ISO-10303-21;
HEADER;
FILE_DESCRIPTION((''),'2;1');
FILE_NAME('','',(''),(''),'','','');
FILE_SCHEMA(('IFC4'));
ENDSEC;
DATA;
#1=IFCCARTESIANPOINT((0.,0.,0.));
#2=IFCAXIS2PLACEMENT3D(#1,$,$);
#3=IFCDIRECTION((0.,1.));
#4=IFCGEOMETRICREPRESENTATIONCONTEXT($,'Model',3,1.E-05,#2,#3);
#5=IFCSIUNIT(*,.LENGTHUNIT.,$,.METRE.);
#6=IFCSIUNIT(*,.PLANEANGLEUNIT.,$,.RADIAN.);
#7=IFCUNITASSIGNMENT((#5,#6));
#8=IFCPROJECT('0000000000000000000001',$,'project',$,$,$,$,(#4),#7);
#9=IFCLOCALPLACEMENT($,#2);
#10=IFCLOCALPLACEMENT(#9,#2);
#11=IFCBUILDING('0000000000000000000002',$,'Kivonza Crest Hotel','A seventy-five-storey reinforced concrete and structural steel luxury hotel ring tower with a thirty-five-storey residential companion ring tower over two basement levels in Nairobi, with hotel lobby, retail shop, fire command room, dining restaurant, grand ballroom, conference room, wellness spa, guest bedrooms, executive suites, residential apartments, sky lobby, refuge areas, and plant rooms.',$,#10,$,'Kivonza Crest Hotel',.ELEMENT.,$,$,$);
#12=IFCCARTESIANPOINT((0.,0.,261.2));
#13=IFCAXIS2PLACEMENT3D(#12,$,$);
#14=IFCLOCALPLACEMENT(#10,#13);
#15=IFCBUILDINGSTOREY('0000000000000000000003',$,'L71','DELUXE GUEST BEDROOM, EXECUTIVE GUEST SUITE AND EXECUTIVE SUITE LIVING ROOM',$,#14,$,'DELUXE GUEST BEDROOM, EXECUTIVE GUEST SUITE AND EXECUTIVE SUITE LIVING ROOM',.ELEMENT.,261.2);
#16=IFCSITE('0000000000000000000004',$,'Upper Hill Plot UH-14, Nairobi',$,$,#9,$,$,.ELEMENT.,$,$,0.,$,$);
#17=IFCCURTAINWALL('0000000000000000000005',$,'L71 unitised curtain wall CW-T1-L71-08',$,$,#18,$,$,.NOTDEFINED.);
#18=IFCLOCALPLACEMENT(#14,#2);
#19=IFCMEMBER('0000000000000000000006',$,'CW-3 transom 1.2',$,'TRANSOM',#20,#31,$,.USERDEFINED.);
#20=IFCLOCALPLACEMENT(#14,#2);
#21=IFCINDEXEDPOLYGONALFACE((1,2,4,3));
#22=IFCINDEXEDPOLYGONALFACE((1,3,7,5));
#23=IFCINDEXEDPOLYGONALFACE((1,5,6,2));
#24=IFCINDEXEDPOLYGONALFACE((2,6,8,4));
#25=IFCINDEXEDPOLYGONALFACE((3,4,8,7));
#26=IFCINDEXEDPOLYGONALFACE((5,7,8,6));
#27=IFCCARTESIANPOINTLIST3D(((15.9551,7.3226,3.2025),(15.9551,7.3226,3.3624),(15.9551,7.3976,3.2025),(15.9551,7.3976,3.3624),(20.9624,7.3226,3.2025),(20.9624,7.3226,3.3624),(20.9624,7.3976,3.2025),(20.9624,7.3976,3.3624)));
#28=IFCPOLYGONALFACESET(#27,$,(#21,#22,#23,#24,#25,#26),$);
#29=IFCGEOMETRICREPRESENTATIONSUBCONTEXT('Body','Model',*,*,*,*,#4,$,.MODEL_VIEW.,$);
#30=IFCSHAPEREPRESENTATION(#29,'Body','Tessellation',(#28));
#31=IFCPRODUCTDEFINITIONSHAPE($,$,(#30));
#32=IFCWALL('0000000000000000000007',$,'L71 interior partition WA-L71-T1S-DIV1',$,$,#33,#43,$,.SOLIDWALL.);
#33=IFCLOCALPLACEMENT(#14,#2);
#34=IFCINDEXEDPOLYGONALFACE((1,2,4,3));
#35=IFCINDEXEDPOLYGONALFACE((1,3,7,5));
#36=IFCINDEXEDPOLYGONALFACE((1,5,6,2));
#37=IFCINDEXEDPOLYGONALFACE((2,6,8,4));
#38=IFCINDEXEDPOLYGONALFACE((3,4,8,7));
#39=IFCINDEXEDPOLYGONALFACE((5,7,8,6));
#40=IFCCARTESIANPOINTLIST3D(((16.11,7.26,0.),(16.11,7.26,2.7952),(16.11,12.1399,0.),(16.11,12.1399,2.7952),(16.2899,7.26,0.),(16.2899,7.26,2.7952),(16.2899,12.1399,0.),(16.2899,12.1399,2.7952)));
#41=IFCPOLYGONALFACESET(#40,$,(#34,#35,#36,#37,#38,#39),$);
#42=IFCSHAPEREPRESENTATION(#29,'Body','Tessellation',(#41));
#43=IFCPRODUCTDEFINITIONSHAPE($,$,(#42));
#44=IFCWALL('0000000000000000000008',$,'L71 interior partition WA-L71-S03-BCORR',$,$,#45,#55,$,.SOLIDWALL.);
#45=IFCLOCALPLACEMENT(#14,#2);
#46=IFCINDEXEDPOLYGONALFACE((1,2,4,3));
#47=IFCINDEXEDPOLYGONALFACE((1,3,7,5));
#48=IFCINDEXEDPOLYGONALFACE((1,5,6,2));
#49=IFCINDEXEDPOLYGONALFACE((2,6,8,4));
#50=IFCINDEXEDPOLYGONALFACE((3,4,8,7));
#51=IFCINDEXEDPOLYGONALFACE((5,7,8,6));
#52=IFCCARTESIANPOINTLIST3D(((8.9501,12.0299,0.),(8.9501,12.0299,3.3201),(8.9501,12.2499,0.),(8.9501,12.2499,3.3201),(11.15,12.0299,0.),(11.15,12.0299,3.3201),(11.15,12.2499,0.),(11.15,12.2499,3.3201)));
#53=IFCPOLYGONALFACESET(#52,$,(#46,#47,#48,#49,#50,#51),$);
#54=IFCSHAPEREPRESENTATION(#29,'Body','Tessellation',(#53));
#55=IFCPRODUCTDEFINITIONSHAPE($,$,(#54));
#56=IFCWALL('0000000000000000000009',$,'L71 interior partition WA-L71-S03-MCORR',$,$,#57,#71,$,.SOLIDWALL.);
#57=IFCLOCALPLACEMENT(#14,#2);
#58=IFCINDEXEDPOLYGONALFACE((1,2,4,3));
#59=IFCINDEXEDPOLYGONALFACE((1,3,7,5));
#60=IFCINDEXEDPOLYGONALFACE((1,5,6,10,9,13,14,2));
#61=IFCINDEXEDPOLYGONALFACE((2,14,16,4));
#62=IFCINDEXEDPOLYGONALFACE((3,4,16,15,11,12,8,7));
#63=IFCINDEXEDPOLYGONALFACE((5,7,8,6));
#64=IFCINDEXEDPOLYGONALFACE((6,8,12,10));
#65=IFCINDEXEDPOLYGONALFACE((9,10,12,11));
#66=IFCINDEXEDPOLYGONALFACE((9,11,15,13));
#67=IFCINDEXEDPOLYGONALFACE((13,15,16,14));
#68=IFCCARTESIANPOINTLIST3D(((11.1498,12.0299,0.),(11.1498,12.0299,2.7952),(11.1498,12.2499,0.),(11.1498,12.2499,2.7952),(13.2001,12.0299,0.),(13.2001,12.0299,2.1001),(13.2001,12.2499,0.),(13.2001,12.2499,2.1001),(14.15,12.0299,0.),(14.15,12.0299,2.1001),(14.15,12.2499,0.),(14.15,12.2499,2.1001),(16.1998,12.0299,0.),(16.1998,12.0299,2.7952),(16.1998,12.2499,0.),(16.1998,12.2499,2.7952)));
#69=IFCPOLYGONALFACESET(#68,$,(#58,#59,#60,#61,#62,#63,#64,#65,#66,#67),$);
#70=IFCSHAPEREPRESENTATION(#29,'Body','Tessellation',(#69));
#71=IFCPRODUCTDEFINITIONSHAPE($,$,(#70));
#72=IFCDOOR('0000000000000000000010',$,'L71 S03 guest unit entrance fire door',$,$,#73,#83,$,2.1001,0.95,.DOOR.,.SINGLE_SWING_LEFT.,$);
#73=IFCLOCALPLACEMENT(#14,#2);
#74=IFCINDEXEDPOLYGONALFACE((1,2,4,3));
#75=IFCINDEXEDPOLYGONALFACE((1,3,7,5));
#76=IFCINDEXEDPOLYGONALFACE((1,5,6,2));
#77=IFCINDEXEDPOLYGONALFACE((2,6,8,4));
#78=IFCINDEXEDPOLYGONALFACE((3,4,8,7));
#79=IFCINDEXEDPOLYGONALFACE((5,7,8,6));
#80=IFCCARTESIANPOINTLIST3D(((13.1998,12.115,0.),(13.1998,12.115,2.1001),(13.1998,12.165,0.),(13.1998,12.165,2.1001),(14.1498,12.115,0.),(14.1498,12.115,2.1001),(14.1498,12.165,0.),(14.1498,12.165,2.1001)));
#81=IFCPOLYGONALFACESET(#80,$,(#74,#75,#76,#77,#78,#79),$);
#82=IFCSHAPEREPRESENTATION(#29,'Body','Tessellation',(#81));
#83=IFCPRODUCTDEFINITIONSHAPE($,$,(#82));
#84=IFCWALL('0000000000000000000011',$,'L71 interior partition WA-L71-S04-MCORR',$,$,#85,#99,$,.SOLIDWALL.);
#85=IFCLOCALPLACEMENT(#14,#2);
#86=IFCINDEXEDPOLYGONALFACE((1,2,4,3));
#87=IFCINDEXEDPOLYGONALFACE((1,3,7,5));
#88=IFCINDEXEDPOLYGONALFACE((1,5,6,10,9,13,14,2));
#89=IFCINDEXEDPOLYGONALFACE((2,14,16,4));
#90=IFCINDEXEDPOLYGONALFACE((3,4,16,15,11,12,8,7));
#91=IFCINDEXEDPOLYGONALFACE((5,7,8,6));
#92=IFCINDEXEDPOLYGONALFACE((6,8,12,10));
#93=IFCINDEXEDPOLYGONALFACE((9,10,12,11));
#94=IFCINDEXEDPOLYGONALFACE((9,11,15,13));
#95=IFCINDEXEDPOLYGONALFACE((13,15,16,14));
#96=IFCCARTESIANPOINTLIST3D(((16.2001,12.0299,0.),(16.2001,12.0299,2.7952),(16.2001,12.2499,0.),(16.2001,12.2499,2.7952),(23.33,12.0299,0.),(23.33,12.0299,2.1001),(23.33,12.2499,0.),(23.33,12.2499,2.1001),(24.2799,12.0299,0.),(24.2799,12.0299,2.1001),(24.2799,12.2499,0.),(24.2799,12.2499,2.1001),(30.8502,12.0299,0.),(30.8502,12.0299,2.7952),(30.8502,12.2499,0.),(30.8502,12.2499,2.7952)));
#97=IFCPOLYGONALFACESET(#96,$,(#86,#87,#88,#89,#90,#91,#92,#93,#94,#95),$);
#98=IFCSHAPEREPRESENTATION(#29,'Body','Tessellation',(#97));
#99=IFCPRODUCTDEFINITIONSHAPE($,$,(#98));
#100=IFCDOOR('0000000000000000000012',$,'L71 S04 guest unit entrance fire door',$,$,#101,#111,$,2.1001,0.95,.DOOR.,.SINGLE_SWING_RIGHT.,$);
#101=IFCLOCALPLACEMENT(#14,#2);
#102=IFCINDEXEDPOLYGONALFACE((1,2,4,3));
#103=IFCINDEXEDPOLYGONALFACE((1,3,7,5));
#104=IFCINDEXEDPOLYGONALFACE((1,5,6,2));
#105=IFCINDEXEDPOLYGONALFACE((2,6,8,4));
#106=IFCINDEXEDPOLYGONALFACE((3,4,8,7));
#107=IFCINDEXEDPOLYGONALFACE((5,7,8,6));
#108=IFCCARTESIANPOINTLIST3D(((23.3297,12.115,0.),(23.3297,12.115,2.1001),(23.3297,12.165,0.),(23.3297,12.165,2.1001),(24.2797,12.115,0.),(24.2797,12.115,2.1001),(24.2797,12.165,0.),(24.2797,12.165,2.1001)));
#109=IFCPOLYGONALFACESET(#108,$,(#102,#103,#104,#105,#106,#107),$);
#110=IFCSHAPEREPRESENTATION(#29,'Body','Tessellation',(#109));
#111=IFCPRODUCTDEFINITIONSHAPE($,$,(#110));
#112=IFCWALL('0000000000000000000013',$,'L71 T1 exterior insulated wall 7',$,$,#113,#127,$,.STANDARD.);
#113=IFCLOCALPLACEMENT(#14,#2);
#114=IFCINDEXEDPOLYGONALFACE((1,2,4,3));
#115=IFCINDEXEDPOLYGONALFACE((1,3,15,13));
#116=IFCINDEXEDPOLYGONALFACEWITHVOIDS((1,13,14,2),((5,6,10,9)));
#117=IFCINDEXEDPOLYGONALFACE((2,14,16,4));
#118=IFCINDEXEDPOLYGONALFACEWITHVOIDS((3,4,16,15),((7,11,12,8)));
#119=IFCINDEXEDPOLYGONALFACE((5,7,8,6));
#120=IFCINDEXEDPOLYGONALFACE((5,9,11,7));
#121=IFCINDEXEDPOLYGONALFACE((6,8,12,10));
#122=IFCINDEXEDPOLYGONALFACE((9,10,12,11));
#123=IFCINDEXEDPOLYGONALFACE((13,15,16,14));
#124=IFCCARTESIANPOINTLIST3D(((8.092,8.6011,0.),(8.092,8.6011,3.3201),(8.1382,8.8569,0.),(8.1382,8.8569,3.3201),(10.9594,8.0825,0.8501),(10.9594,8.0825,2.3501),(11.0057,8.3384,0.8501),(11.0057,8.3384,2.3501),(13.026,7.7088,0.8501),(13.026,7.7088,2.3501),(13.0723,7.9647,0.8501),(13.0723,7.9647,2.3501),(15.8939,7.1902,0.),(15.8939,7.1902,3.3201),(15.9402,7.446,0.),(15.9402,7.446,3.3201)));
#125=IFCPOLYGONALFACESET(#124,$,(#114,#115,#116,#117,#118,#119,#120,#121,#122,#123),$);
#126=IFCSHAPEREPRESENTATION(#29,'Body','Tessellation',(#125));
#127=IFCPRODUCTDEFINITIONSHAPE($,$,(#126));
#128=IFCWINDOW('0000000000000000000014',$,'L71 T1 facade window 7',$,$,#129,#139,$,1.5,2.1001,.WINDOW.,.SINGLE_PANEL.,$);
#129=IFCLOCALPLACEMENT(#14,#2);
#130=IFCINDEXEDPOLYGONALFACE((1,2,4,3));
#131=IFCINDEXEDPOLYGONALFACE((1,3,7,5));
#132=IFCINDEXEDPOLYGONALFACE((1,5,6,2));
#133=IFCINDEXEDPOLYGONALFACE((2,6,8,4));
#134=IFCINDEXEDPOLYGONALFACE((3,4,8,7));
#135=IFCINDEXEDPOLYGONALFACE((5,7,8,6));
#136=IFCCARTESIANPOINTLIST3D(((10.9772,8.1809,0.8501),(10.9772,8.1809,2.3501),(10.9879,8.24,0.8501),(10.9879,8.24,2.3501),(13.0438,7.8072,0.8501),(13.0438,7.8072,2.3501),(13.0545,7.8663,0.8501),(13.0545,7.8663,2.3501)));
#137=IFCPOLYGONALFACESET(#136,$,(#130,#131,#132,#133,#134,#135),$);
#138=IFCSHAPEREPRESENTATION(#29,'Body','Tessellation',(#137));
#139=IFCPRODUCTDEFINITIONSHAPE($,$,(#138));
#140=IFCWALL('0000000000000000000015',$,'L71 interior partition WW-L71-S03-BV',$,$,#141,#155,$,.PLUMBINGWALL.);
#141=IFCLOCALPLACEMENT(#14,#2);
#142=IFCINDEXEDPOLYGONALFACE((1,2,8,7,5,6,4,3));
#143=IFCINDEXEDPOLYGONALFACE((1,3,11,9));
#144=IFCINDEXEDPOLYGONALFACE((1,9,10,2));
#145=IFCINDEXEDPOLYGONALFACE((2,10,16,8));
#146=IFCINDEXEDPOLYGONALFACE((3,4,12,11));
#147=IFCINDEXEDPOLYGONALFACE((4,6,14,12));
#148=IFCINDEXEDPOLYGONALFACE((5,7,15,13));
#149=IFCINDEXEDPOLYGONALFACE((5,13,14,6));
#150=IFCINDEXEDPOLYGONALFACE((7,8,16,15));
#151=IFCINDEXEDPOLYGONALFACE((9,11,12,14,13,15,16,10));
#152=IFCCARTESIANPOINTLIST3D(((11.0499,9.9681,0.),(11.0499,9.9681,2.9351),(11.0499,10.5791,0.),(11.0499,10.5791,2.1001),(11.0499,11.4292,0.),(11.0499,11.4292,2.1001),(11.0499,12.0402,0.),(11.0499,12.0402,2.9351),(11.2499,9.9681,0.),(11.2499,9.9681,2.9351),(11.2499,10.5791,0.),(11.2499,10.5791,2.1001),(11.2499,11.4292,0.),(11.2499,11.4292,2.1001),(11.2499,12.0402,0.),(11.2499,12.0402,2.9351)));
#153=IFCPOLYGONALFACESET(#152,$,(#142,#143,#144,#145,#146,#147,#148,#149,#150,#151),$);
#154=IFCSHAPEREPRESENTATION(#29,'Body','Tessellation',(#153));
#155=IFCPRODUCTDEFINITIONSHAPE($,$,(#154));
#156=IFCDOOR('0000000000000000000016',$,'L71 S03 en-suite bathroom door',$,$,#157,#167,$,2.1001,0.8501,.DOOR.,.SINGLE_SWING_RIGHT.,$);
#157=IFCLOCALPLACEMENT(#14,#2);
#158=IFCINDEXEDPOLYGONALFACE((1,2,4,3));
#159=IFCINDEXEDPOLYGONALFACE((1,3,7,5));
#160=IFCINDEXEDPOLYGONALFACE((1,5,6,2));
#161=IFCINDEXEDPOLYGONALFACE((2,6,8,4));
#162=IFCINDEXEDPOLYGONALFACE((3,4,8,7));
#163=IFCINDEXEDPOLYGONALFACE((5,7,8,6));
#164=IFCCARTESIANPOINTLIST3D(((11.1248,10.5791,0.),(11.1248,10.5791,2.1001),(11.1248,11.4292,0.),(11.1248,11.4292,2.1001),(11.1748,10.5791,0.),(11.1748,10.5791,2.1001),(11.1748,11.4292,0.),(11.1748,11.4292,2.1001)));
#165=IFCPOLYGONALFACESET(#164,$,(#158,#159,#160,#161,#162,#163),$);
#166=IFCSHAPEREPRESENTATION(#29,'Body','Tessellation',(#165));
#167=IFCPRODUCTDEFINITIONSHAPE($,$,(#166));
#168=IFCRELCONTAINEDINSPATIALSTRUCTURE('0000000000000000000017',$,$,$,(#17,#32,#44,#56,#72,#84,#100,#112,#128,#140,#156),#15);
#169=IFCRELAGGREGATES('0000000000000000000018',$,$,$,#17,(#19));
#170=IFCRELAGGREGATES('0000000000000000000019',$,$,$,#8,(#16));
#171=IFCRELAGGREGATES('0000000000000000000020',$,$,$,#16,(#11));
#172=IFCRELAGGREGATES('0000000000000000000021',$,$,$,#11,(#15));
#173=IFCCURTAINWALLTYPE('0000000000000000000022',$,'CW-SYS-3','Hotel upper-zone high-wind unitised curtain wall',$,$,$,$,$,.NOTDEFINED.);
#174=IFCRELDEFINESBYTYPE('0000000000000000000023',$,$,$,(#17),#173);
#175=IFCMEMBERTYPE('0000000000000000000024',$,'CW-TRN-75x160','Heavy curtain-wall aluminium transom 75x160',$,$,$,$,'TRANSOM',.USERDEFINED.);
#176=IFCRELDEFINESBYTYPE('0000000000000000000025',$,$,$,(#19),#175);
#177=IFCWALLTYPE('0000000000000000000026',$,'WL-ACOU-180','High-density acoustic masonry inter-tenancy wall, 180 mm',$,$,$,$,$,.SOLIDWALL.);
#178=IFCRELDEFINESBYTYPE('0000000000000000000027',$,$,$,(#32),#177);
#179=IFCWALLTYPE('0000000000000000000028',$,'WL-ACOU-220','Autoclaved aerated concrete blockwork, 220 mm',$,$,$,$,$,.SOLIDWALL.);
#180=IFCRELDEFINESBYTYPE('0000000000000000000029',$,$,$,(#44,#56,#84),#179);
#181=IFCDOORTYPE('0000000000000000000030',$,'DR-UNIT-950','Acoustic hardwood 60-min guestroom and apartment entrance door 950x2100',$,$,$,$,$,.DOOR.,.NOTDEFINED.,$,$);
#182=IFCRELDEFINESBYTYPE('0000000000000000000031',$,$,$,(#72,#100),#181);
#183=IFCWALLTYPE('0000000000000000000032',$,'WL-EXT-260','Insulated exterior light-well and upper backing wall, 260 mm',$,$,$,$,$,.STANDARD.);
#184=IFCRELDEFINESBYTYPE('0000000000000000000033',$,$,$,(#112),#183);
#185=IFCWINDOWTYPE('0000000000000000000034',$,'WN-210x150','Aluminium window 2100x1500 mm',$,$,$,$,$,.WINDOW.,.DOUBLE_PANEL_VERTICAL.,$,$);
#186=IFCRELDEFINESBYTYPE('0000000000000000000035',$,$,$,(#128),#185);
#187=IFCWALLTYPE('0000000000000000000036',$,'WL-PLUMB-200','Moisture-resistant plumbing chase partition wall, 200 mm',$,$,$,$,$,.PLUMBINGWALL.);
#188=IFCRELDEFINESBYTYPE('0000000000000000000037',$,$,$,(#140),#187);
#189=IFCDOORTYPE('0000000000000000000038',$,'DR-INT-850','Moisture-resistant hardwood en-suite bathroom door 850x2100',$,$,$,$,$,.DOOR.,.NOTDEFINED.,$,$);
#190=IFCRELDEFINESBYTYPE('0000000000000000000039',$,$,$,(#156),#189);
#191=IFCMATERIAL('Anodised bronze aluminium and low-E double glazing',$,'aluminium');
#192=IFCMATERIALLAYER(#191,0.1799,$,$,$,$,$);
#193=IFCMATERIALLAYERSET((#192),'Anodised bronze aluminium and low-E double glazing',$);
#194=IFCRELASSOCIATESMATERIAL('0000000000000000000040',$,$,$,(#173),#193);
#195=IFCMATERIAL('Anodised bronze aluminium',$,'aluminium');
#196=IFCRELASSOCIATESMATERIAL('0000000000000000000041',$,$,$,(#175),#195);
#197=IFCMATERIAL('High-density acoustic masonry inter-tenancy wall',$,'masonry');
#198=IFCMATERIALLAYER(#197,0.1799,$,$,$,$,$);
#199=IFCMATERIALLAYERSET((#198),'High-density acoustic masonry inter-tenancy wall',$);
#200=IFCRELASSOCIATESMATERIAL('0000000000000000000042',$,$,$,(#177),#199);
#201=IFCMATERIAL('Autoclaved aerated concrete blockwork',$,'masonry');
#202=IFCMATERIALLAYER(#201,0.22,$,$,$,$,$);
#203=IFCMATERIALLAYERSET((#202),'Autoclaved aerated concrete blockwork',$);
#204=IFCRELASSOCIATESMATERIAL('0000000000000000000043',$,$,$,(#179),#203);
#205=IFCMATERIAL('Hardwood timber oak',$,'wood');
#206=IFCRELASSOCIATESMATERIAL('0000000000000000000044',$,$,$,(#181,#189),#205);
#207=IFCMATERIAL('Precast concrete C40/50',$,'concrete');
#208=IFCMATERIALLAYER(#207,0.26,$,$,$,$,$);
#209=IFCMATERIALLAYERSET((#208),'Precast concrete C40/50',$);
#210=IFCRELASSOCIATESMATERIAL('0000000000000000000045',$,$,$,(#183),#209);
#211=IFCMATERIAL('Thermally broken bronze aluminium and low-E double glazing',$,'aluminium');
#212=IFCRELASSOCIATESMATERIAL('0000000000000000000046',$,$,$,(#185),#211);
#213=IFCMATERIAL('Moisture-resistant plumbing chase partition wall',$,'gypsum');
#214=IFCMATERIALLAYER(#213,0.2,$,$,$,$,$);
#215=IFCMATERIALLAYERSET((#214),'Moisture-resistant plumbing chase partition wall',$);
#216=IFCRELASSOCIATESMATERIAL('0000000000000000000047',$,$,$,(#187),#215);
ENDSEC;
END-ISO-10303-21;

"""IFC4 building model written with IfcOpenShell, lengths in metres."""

from ifc_helpers import new_model, si_unit, direction, frame, frame_2d, origin, origin_2d, place, context, subcontext, project, spatial, rectangle, extrude, material, layer, layer_set, material_profile, profile_set, type_object, element, fill, aggregate, save


model = new_model("IFC4")

# Units and contexts
model_context = context("Model", 3, precision=1e-05, world=origin(), true_north=direction((0.0, 1.0)))
body_context = subcontext(model_context, "Body", "Model", "MODEL_VIEW")
ifc_project = project(units=[si_unit("LENGTHUNIT", "METRE"), si_unit("PLANEANGLEUNIT", "RADIAN")], contexts=[model_context])

# Site, building, storey
site_placement = place(None, origin())
site = spatial("IfcSite", under=ifc_project, at=site_placement, Name="Upper Hill Plot UH-14, Nairobi", CompositionType="ELEMENT", RefElevation=0.0)
building_placement = place(site_placement, origin())
building = spatial("IfcBuilding", under=site, at=building_placement, Name="Kivonza Crest Hotel", Description="A seventy-five-storey reinforced concrete and structural steel luxury hotel ring tower with a thirty-five-storey residential companion ring tower over two basement levels in Nairobi, with hotel lobby, retail shop, fire command room, dining restaurant, grand ballroom, conference room, wellness spa, guest bedrooms, executive suites, residential apartments, sky lobby, refuge areas, and plant rooms.", LongName="Kivonza Crest Hotel", CompositionType="ELEMENT")
storey_placement = place(building_placement, frame((0.0, 0.0, 261.2)))
storey = spatial("IfcBuildingStorey", under=building, at=storey_placement, Name="L71", Description="DELUXE GUEST BEDROOM, EXECUTIVE GUEST SUITE AND EXECUTIVE SUITE LIVING ROOM", LongName="DELUXE GUEST BEDROOM, EXECUTIVE GUEST SUITE AND EXECUTIVE SUITE LIVING ROOM", CompositionType="ELEMENT", Elevation=261.2)

# Curtain wall, member
ifc_material_1 = material(Name="Anodised bronze aluminium and low-E double glazing", Category="aluminium")
ifc_layer_1 = layer(ifc_material_1, 0.1799)
ifc_layer_set_1 = layer_set([ifc_layer_1], Name="Anodised bronze aluminium and low-E double glazing")
curtain_wall_type = type_object("IfcCurtainWallType", Name="CW-SYS-3", Description="Hotel upper-zone high-wind unitised curtain wall", PredefinedType="NOTDEFINED", material=ifc_layer_set_1)
curtain_wall_placement = place(storey_placement, origin())
curtain_wall = element("IfcCurtainWall", 1, at=curtain_wall_placement, inside=storey, type_object=curtain_wall_type, Name="L71 unitised curtain wall CW-T1-L71-08", PredefinedType="NOTDEFINED")
ifc_material_2 = material(Name="Anodised bronze aluminium", Category="aluminium")
ifc_material_profile_1 = material_profile(ifc_material_2, rectangle(XDim=0.075, YDim=0.1599, at=origin_2d()), Name="CW-T 75x160")
ifc_profile_set_1 = profile_set([ifc_material_profile_1], Name="Anodised bronze aluminium")
member_type_1 = type_object("IfcMemberType", Name="CW-TRN-75x160", Description="Heavy curtain-wall aluminium transom 75x160", ElementType="TRANSOM", PredefinedType="USERDEFINED", material=ifc_profile_set_1)
member_1_placement = place(storey_placement, frame((15.9551, 7.3601, 3.2825), z_axis=(1.0, 0.0, 0.0), x_axis=(0.0, 1.0, 0.0)))
member_1 = element("IfcMember", 2, at=member_1_placement, type_object=member_type_1, Name="CW-3 transom 1.2", ObjectType="TRANSOM", PredefinedType="USERDEFINED", context=body_context, shape_type="SweptSolid", body=[
    extrude(rectangle(XDim=0.075, YDim=0.1599, at=origin_2d()), origin(), (0.0, 0.0, 1.0), 5.0073),
])
aggregate(curtain_wall, [member_1])

# Walls
ifc_material_3 = material(Name="High-density acoustic masonry inter-tenancy wall", Category="masonry")
ifc_layer_2 = layer(ifc_material_3, 0.1799)
ifc_layer_set_2 = layer_set([ifc_layer_2], Name="High-density acoustic masonry inter-tenancy wall")
wall_type_1 = type_object("IfcWallType", Name="WL-ACOU-180", Description="High-density acoustic masonry inter-tenancy wall, 180 mm", PredefinedType="SOLIDWALL", material=ifc_layer_set_2)
wall_1_placement = place(storey_placement, frame((16.2, 7.26, 0.0), z_axis=(0.0, 0.0, 1.0), x_axis=(0.0, 1.0, 0.0)))
element("IfcWall", 3, at=wall_1_placement, inside=storey, type_object=wall_type_1, Name="L71 interior partition WA-L71-T1S-DIV1", PredefinedType="SOLIDWALL", context=body_context, shape_type="SweptSolid", body=[
    extrude(rectangle(XDim=4.8799, YDim=0.1799, at=frame_2d((2.4399, 0.0))), origin(), (0.0, 0.0, 1.0), 2.7952),
])
ifc_material_4 = material(Name="Autoclaved aerated concrete blockwork", Category="masonry")
ifc_layer_3 = layer(ifc_material_4, 0.22)
ifc_layer_set_3 = layer_set([ifc_layer_3], Name="Autoclaved aerated concrete blockwork")
wall_type_2 = type_object("IfcWallType", Name="WL-ACOU-220", Description="Autoclaved aerated concrete blockwork, 220 mm", PredefinedType="SOLIDWALL", material=ifc_layer_set_3)
wall_2_placement = place(storey_placement, frame((8.95, 12.1399, 0.0), z_axis=(0.0, 0.0, 1.0), x_axis=(1.0, 0.0, 0.0)))
element("IfcWall", 4, at=wall_2_placement, inside=storey, type_object=wall_type_2, Name="L71 interior partition WA-L71-S03-BCORR", PredefinedType="SOLIDWALL", context=body_context, shape_type="SweptSolid", body=[
    extrude(rectangle(XDim=2.2, YDim=0.22, at=frame_2d((1.1001, 0.0))), origin(), (0.0, 0.0, 1.0), 3.3201),
])

# Walls, openings, doors
wall_3_placement = place(storey_placement, frame((11.1499, 12.1399, 0.0), z_axis=(0.0, 0.0, 1.0), x_axis=(1.0, 0.0, 0.0)))
wall_3 = element("IfcWall", 5, at=wall_3_placement, inside=storey, type_object=wall_type_2, Name="L71 interior partition WA-L71-S03-MCORR", PredefinedType="SOLIDWALL", context=body_context, shape_type="SweptSolid", body=[
    extrude(rectangle(XDim=5.05, YDim=0.22, at=frame_2d((2.5249, 0.0))), origin(), (0.0, 0.0, 1.0), 2.7952),
])
opening_1_placement = place(wall_3_placement, frame((2.05, 0.0, 0.0)))
opening_1 = element("IfcOpeningElement", 6, at=opening_1_placement, cuts=wall_3, PredefinedType="OPENING", context=body_context, shape_type="SweptSolid", body=[
    extrude(rectangle(XDim=0.95, YDim=2.1001, at=frame_2d((0.4751, 1.05))), frame((0.0, 0.1201, 0.0), z_axis=(0.0, -1.0, 0.0), x_axis=(1.0, 0.0, 0.0)), (0.0, 0.0, 1.0), 0.24),
])
ifc_material_5 = material(Name="Hardwood timber oak", Category="wood")
door_type_1 = type_object("IfcDoorType", Name="DR-UNIT-950", Description="Acoustic hardwood 60-min guestroom and apartment entrance door 950x2100", OperationType="NOTDEFINED", PredefinedType="DOOR", material=ifc_material_5)
door_1_placement = place(opening_1_placement, frame((0.95, 0.0, 0.0), z_axis=(0.0, 0.0, 1.0), x_axis=(-1.0, 0.0, 0.0)))
door_1 = element("IfcDoor", 7, at=door_1_placement, inside=storey, type_object=door_type_1, Name="L71 S03 guest unit entrance fire door", OperationType="SINGLE_SWING_LEFT", OverallHeight=2.1001, OverallWidth=0.95, PredefinedType="DOOR", context=body_context, shape_type="SweptSolid", body=[
    extrude(rectangle(XDim=0.95, YDim=2.1001, at=frame_2d((0.4751, 1.05))), frame((0.0, 0.0249, 0.0), z_axis=(0.0, -1.0, 0.0), x_axis=(1.0, 0.0, 0.0)), (0.0, 0.0, 1.0), 0.05),
])
fill(opening_1, door_1)
wall_4_placement = place(storey_placement, frame((16.2, 12.1399, 0.0), z_axis=(0.0, 0.0, 1.0), x_axis=(1.0, 0.0, 0.0)))
wall_4 = element("IfcWall", 8, at=wall_4_placement, inside=storey, type_object=wall_type_2, Name="L71 interior partition WA-L71-S04-MCORR", PredefinedType="SOLIDWALL", context=body_context, shape_type="SweptSolid", body=[
    extrude(rectangle(XDim=14.6501, YDim=0.22, at=frame_2d((7.3252, 0.0))), origin(), (0.0, 0.0, 1.0), 2.7952),
])
opening_2_placement = place(wall_4_placement, frame((7.1299, 0.0, 0.0)))
opening_2 = element("IfcOpeningElement", 9, at=opening_2_placement, cuts=wall_4, PredefinedType="OPENING", context=body_context, shape_type="SweptSolid", body=[
    extrude(rectangle(XDim=0.95, YDim=2.1001, at=frame_2d((0.4751, 1.05))), frame((0.0, 0.1201, 0.0), z_axis=(0.0, -1.0, 0.0), x_axis=(1.0, 0.0, 0.0)), (0.0, 0.0, 1.0), 0.24),
])
door_2_placement = place(opening_2_placement, frame((0.95, 0.0, 0.0), z_axis=(0.0, 0.0, 1.0), x_axis=(-1.0, 0.0, 0.0)))
door_2 = element("IfcDoor", 10, at=door_2_placement, inside=storey, type_object=door_type_1, Name="L71 S04 guest unit entrance fire door", OperationType="SINGLE_SWING_RIGHT", OverallHeight=2.1001, OverallWidth=0.95, PredefinedType="DOOR", context=body_context, shape_type="SweptSolid", body=[
    extrude(rectangle(XDim=0.95, YDim=2.1001, at=frame_2d((0.4751, 1.05))), frame((0.0, 0.0249, 0.0), z_axis=(0.0, -1.0, 0.0), x_axis=(1.0, 0.0, 0.0)), (0.0, 0.0, 1.0), 0.05),
])
fill(opening_2, door_2)

# Wall, opening, window
ifc_material_6 = material(Name="Precast concrete C40/50", Category="concrete")
ifc_layer_4 = layer(ifc_material_6, 0.26)
ifc_layer_set_4 = layer_set([ifc_layer_4], Name="Precast concrete C40/50")
wall_type_3 = type_object("IfcWallType", Name="WL-EXT-260", Description="Insulated exterior light-well and upper backing wall, 260 mm", PredefinedType="STANDARD", material=ifc_layer_set_4)
wall_5_placement = place(storey_placement, frame((8.115, 8.729, 0.0), z_axis=(0.0, 0.0, 1.0), x_axis=(0.984039, -0.17795, 0.0)))
wall_5 = element("IfcWall", 11, at=wall_5_placement, inside=storey, type_object=wall_type_3, Name="L71 T1 exterior insulated wall 7", PredefinedType="STANDARD", context=body_context, shape_type="SweptSolid", body=[
    extrude(rectangle(XDim=7.9285, YDim=0.26, at=frame_2d((3.9644, 0.0))), origin(), (0.0, 0.0, 1.0), 3.3201),
])
opening_3_placement = place(wall_5_placement, frame((2.9141, 0.0, 0.8501)))
opening_3 = element("IfcOpeningElement", 12, at=opening_3_placement, cuts=wall_5, PredefinedType="OPENING", context=body_context, shape_type="SweptSolid", body=[
    extrude(rectangle(XDim=2.1001, YDim=1.5, at=frame_2d((1.05, 0.75))), frame((0.0, 0.1401, 0.0), z_axis=(0.0, -1.0, 0.0), x_axis=(1.0, 0.0, 0.0)), (0.0, 0.0, 1.0), 0.28),
])
ifc_material_7 = material(Name="Thermally broken bronze aluminium and low-E double glazing", Category="aluminium")
window_type = type_object("IfcWindowType", Name="WN-210x150", Description="Aluminium window 2100x1500 mm", PartitioningType="DOUBLE_PANEL_VERTICAL", PredefinedType="WINDOW", material=ifc_material_7)
window_placement = place(opening_3_placement, origin())
window = element("IfcWindow", 13, at=window_placement, inside=storey, type_object=window_type, Name="L71 T1 facade window 7", OverallHeight=1.5, OverallWidth=2.1001, PartitioningType="SINGLE_PANEL", PredefinedType="WINDOW", context=body_context, shape_type="SweptSolid", body=[
    extrude(rectangle(XDim=2.1001, YDim=1.5, at=frame_2d((1.05, 0.75))), frame((0.0, 0.03, 0.0), z_axis=(0.0, -1.0, 0.0), x_axis=(1.0, 0.0, 0.0)), (0.0, 0.0, 1.0), 0.0601),
])
fill(opening_3, window)

# Wall, opening, door
ifc_material_8 = material(Name="Moisture-resistant plumbing chase partition wall", Category="gypsum")
ifc_layer_5 = layer(ifc_material_8, 0.2)
ifc_layer_set_5 = layer_set([ifc_layer_5], Name="Moisture-resistant plumbing chase partition wall")
wall_type_4 = type_object("IfcWallType", Name="WL-PLUMB-200", Description="Moisture-resistant plumbing chase partition wall, 200 mm", PredefinedType="PLUMBINGWALL", material=ifc_layer_set_5)
wall_6_placement = place(storey_placement, frame((11.1499, 9.968, 0.0), z_axis=(0.0, 0.0, 1.0), x_axis=(0.0, 1.0, 0.0)))
wall_6 = element("IfcWall", 14, at=wall_6_placement, inside=storey, type_object=wall_type_4, Name="L71 interior partition WW-L71-S03-BV", PredefinedType="PLUMBINGWALL", context=body_context, shape_type="SweptSolid", body=[
    extrude(rectangle(XDim=2.072, YDim=0.2, at=frame_2d((1.0361, 0.0))), origin(), (0.0, 0.0, 1.0), 2.9351),
])
opening_4_placement = place(wall_6_placement, frame((0.6111, 0.0, 0.0)))
opening_4 = element("IfcOpeningElement", 15, at=opening_4_placement, cuts=wall_6, PredefinedType="OPENING", context=body_context, shape_type="SweptSolid", body=[
    extrude(rectangle(XDim=0.8501, YDim=2.1001, at=frame_2d((0.425, 1.05))), frame((0.0, 0.1099, 0.0), z_axis=(0.0, -1.0, 0.0), x_axis=(1.0, 0.0, 0.0)), (0.0, 0.0, 1.0), 0.22),
])
door_type_2 = type_object("IfcDoorType", Name="DR-INT-850", Description="Moisture-resistant hardwood en-suite bathroom door 850x2100", OperationType="NOTDEFINED", PredefinedType="DOOR", material=ifc_material_5)
door_3_placement = place(opening_4_placement, frame((0.8501, 0.0, 0.0), z_axis=(0.0, 0.0, 1.0), x_axis=(-1.0, 0.0, 0.0)))
door_3 = element("IfcDoor", 16, at=door_3_placement, inside=storey, type_object=door_type_2, Name="L71 S03 en-suite bathroom door", OperationType="SINGLE_SWING_RIGHT", OverallHeight=2.1001, OverallWidth=0.8501, PredefinedType="DOOR", context=body_context, shape_type="SweptSolid", body=[
    extrude(rectangle(XDim=0.8501, YDim=2.1001, at=frame_2d((0.425, 1.05))), frame((0.0, 0.0249, 0.0), z_axis=(0.0, -1.0, 0.0), x_axis=(1.0, 0.0, 0.0)), (0.0, 0.0, 1.0), 0.05),
])
fill(opening_4, door_3)

save(model, "model.ifc")
